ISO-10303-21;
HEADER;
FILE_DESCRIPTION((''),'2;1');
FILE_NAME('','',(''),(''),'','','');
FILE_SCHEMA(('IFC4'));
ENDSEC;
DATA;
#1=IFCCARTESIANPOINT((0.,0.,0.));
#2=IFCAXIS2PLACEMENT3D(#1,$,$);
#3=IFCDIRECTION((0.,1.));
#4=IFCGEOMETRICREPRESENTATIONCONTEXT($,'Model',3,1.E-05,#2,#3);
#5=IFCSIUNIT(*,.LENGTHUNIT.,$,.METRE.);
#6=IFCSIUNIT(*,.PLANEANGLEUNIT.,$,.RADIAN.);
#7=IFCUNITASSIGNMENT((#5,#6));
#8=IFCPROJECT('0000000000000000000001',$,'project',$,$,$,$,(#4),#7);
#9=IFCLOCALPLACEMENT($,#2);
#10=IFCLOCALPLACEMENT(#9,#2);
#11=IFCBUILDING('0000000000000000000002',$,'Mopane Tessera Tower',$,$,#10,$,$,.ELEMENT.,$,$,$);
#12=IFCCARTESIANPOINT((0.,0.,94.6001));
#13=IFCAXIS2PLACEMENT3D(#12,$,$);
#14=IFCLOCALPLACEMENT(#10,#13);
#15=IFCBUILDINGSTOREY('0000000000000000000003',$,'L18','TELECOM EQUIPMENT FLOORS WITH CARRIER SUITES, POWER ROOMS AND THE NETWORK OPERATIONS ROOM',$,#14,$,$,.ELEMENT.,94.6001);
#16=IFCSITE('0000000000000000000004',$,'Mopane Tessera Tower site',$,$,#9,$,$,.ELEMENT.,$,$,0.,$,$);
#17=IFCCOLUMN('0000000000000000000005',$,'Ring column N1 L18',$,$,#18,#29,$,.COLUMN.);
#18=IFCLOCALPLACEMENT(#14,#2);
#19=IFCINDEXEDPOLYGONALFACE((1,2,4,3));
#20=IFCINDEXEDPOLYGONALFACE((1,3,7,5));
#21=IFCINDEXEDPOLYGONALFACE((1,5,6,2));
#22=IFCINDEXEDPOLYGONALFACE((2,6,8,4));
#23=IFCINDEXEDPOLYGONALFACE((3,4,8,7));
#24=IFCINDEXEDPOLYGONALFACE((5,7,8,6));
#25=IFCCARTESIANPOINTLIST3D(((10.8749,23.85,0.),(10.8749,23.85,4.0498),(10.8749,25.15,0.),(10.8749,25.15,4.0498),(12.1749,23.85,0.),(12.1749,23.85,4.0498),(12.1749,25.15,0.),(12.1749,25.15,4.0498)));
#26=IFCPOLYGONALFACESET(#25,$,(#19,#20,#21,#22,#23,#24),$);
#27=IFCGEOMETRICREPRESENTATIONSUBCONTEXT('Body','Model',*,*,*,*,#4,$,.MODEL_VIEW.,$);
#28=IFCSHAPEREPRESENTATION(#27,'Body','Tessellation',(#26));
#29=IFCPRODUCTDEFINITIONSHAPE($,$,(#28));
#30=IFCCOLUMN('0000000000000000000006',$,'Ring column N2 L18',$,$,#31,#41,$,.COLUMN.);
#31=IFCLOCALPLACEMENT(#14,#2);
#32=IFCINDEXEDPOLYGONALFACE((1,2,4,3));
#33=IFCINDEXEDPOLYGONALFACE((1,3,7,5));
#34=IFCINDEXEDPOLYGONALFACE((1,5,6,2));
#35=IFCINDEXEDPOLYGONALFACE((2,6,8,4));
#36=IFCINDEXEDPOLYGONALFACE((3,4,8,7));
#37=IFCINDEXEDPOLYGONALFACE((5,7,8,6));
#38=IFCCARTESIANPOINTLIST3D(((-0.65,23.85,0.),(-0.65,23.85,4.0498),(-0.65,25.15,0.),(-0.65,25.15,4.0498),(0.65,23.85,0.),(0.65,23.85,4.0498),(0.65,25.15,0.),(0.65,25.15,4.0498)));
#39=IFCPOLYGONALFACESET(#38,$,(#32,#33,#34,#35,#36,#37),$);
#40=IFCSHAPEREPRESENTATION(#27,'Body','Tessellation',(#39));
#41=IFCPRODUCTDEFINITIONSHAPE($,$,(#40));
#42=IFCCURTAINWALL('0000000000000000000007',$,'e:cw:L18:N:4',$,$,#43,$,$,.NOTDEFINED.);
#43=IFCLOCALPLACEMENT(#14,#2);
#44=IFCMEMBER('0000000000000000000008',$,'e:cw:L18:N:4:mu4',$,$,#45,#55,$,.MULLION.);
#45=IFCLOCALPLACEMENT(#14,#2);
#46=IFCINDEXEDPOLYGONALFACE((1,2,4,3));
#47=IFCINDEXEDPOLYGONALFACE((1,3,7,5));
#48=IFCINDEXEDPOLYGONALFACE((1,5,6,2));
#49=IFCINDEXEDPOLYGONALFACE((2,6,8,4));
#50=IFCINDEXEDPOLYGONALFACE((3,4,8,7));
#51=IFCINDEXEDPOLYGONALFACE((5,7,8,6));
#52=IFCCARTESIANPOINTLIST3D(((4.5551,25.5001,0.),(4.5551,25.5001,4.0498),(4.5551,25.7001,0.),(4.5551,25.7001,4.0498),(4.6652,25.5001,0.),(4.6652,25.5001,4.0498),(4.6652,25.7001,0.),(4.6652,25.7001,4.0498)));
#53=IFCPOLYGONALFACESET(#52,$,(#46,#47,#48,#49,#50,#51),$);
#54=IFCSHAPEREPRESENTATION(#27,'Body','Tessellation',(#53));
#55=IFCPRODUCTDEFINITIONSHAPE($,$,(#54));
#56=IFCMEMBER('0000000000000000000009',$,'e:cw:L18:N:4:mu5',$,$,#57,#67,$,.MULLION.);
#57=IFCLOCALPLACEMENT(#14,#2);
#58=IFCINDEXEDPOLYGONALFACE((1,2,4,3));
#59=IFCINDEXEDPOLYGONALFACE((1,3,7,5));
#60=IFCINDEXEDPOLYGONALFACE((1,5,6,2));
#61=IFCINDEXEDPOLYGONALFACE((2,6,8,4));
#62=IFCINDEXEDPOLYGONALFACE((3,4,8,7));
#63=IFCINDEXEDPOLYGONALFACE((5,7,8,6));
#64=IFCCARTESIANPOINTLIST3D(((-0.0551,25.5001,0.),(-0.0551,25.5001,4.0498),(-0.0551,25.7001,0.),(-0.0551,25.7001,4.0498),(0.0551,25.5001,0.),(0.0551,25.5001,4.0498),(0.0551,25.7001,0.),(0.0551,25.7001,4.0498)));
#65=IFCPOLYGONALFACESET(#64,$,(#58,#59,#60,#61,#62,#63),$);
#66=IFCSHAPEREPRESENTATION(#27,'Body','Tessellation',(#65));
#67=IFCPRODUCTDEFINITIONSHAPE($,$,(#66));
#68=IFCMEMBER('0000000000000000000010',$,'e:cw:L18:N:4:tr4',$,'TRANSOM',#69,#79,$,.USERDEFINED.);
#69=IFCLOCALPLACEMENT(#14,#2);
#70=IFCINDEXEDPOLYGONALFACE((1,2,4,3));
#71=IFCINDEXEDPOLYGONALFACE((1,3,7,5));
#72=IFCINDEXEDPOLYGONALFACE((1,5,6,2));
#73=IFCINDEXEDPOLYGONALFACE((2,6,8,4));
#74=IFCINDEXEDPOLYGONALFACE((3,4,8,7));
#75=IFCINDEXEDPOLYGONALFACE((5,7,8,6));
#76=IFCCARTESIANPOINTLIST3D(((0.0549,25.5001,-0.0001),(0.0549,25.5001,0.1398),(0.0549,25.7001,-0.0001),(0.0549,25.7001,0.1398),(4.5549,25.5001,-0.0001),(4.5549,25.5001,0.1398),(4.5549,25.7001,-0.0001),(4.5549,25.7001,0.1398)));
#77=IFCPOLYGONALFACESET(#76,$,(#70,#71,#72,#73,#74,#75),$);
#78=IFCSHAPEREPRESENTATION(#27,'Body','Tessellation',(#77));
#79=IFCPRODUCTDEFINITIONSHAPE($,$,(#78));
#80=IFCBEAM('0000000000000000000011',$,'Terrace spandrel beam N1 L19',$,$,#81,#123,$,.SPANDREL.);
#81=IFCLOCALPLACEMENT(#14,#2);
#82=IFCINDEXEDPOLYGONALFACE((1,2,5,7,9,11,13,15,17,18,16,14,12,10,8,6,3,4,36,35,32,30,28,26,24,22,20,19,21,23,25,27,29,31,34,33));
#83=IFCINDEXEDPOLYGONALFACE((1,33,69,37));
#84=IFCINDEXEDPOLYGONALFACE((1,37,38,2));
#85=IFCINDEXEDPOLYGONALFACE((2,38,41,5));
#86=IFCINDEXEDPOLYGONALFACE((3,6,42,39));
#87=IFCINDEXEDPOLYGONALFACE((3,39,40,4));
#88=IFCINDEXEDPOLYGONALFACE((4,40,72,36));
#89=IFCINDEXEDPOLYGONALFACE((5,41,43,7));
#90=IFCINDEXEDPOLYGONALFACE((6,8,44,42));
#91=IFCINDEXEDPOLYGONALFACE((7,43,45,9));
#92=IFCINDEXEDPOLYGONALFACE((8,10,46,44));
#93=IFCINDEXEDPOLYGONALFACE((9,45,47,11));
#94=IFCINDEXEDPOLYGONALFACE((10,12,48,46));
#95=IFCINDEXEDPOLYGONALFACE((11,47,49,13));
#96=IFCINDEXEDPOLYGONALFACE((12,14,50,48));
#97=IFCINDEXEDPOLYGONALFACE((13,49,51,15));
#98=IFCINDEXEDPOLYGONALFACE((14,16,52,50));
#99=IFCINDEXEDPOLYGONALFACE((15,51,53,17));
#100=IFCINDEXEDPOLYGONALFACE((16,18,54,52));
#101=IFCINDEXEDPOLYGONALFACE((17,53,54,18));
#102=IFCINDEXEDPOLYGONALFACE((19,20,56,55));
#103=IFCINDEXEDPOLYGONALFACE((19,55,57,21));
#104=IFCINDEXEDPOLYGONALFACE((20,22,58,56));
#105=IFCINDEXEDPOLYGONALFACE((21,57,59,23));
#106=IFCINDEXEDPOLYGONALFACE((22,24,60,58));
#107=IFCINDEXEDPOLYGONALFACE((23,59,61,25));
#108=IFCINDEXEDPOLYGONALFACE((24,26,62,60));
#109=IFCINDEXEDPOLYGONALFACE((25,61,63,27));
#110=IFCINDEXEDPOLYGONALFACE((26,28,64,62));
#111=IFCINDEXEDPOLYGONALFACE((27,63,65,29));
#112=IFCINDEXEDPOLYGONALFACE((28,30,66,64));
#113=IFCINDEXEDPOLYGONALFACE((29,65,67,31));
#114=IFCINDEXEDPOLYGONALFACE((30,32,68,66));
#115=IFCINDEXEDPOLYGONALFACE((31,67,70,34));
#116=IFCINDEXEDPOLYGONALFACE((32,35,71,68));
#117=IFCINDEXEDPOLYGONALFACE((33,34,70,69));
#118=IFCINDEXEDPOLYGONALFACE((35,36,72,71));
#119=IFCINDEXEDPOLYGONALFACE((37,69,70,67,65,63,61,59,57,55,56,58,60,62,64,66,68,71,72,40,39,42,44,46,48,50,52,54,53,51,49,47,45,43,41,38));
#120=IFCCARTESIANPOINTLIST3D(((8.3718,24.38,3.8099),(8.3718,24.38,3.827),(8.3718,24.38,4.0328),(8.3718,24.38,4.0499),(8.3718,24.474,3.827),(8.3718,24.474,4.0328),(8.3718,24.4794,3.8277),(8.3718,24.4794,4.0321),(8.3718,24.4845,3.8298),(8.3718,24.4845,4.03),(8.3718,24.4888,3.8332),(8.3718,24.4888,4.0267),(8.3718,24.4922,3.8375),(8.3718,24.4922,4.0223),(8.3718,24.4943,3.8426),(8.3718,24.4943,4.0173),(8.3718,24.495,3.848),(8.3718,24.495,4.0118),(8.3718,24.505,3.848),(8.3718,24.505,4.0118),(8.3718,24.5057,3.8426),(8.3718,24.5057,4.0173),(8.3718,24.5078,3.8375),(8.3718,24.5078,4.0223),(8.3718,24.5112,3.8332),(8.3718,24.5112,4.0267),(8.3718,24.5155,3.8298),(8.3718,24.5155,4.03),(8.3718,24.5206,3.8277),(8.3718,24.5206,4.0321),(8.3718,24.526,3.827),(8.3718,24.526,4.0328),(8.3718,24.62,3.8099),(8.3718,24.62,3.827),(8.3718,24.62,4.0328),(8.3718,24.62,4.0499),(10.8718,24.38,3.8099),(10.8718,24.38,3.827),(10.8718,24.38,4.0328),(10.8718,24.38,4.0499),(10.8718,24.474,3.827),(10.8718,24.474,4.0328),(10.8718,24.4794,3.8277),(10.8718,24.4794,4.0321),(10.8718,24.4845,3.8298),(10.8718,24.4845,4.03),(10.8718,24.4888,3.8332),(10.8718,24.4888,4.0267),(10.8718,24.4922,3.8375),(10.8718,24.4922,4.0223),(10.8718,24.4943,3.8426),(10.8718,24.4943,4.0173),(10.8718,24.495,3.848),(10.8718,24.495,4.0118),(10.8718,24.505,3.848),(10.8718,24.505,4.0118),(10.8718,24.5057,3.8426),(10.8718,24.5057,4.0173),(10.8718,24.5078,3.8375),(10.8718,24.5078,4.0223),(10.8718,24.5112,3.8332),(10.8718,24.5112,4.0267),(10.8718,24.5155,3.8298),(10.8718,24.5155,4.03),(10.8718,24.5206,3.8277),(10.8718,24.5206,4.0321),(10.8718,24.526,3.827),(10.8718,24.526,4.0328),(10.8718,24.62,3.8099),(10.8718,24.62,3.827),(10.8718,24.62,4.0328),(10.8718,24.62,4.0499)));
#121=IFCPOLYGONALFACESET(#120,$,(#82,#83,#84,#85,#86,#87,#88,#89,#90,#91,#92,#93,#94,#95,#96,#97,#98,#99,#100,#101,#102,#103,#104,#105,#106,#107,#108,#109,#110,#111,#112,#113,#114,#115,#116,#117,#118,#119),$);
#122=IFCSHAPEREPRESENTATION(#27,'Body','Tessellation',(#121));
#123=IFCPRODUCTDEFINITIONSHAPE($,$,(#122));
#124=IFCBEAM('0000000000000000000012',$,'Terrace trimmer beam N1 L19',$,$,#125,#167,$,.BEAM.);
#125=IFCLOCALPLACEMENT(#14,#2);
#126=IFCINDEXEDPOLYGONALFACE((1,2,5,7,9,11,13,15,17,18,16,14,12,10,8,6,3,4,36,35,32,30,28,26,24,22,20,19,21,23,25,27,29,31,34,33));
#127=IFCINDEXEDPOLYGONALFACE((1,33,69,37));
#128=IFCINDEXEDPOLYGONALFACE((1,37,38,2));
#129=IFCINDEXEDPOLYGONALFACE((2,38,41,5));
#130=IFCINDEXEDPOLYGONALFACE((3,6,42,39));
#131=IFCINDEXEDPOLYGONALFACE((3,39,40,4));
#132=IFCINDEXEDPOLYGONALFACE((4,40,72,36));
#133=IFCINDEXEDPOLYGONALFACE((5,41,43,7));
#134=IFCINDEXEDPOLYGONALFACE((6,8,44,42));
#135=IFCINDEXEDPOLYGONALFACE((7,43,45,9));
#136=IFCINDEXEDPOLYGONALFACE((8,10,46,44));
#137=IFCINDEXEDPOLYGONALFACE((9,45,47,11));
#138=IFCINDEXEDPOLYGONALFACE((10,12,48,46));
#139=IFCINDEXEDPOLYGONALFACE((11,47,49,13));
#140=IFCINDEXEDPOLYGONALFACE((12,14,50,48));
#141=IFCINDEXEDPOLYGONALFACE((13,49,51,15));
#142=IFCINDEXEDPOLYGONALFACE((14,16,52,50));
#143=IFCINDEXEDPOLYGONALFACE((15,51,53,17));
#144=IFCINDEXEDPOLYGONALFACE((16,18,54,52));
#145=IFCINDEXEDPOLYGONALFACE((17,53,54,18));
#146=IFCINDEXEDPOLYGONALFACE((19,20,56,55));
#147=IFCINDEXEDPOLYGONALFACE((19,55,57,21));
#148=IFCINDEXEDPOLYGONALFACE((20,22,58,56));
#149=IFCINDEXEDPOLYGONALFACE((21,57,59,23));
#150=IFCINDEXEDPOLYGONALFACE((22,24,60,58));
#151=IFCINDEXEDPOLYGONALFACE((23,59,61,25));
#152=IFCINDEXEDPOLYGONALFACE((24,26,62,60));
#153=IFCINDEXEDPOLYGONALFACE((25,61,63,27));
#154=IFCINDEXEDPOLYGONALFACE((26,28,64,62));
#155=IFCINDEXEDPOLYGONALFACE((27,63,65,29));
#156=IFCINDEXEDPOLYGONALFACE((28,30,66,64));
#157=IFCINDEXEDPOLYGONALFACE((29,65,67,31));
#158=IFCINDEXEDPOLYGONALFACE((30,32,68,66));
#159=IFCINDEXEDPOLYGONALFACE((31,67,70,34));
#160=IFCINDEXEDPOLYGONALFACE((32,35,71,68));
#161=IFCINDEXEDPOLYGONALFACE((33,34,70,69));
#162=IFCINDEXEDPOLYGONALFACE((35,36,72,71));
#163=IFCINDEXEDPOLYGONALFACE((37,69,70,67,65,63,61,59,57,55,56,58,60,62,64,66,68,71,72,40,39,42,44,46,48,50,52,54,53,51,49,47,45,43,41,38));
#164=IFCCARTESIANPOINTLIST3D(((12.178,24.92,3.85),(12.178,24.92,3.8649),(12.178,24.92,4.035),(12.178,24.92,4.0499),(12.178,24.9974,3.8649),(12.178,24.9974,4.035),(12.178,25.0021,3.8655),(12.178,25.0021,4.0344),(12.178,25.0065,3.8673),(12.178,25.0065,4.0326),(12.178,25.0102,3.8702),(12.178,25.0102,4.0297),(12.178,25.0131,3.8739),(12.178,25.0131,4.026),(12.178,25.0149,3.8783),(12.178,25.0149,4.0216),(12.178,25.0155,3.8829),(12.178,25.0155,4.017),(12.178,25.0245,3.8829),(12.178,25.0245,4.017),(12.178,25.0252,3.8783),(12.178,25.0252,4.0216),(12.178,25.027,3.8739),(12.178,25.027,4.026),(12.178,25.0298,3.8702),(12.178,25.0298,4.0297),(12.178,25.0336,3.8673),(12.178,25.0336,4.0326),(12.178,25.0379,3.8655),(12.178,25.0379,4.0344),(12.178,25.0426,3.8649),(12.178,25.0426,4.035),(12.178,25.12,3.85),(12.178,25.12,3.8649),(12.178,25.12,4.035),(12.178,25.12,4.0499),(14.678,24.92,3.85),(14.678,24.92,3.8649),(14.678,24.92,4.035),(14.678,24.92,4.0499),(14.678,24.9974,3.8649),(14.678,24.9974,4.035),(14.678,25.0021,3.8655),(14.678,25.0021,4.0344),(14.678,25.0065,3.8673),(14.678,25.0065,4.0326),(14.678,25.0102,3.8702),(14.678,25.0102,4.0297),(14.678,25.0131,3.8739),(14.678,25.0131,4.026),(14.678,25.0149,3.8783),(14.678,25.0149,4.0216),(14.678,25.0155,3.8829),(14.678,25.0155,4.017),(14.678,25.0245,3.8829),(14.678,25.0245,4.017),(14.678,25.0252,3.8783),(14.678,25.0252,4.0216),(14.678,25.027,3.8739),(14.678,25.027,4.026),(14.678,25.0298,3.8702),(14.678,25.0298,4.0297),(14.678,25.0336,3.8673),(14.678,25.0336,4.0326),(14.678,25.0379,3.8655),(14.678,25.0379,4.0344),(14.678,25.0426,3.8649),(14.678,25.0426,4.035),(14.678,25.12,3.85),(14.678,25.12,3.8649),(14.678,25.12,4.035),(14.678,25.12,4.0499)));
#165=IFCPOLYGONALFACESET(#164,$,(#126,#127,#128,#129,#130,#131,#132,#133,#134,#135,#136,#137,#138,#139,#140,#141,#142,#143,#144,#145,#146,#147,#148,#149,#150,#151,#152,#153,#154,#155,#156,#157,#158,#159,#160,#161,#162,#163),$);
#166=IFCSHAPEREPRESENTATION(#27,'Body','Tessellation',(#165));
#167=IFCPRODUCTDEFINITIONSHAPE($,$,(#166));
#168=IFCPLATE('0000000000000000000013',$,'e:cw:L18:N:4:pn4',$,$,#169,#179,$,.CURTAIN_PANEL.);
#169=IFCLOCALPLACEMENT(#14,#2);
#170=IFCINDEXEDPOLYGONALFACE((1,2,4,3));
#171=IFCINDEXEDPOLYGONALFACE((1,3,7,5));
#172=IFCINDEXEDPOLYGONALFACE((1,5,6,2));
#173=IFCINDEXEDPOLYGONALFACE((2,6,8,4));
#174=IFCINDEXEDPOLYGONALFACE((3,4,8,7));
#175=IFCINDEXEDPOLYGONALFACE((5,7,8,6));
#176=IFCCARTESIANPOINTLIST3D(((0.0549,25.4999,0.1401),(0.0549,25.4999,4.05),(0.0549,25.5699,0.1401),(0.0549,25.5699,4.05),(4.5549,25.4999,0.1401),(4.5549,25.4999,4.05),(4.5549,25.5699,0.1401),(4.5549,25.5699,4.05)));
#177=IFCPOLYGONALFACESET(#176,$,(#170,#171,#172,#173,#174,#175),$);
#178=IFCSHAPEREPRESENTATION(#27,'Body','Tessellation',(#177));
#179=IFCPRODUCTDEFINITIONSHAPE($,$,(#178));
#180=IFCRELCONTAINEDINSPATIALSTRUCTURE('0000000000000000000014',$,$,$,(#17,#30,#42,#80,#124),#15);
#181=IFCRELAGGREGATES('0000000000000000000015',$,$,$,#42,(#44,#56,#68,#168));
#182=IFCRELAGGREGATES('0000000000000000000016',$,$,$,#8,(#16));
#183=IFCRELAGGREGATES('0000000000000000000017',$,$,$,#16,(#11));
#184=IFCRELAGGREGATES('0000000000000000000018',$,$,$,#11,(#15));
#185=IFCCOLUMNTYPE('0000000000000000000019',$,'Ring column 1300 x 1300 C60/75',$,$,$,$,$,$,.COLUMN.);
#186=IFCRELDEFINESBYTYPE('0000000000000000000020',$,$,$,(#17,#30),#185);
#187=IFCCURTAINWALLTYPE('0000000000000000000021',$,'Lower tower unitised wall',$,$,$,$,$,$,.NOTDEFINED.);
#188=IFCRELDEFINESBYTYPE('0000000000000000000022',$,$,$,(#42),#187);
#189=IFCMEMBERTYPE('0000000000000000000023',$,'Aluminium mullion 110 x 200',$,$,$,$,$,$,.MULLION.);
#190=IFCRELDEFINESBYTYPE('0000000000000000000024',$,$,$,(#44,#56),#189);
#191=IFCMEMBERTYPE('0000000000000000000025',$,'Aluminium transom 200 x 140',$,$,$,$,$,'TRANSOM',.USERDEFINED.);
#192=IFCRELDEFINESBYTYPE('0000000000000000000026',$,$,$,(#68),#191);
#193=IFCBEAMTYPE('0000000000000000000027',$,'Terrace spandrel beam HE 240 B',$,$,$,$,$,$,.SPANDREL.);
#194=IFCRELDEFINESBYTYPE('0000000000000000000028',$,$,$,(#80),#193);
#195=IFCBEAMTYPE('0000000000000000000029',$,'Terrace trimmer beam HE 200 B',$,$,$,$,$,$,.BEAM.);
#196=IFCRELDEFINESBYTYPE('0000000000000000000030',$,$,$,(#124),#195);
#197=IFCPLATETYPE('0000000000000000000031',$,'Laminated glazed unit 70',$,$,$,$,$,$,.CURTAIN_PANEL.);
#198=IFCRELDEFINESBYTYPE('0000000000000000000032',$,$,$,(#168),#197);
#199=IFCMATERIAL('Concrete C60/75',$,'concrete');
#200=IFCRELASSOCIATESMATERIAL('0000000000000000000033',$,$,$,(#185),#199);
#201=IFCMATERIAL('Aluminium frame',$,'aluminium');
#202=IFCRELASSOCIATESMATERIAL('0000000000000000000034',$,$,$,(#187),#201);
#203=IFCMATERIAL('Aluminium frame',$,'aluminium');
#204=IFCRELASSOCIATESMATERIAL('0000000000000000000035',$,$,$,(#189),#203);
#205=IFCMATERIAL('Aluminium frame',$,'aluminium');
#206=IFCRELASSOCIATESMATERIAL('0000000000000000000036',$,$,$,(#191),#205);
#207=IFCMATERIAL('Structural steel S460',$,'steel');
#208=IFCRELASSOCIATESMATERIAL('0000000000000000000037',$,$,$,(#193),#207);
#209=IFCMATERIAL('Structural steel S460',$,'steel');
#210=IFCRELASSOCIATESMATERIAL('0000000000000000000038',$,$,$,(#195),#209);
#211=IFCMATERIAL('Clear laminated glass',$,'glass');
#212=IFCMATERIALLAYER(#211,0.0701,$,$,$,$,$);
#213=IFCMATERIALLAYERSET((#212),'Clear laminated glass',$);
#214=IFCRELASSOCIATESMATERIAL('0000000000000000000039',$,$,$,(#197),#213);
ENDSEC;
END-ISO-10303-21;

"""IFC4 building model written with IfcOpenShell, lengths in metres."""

from ifc_helpers import new_model, si_unit, direction, frame, origin, origin_2d, place, context, subcontext, project, spatial, rectangle, i_section, extrude, material, layer, layer_set, material_profile, profile_set, type_object, element, aggregate, save


model = new_model("IFC4")

# Units and contexts
model_context = context("Model", 3, precision=1e-05, world=origin(), true_north=direction((0.0, 1.0)))
body_context = subcontext(model_context, "Body", "Model", "MODEL_VIEW")
ifc_project = project(units=[si_unit("LENGTHUNIT", "METRE"), si_unit("PLANEANGLEUNIT", "RADIAN")], contexts=[model_context])

# Site, building, storey
site_placement = place(None, origin())
site = spatial("IfcSite", under=ifc_project, at=site_placement, Name="Mopane Tessera Tower site", CompositionType="ELEMENT", RefElevation=0.0)
building_placement = place(site_placement, origin())
building = spatial("IfcBuilding", under=site, at=building_placement, Name="Mopane Tessera Tower", CompositionType="ELEMENT")
storey_placement = place(building_placement, frame((0.0, 0.0, 94.6001)))
storey = spatial("IfcBuildingStorey", under=building, at=storey_placement, Name="L18", Description="TELECOM EQUIPMENT FLOORS WITH CARRIER SUITES, POWER ROOMS AND THE NETWORK OPERATIONS ROOM", CompositionType="ELEMENT", Elevation=94.6001)

# Columns
ifc_material_1 = material(Name="Concrete C60/75", Category="concrete")
ifc_material_profile_1 = material_profile(ifc_material_1, rectangle(XDim=1.3, YDim=1.3, at=origin_2d()))
ifc_profile_set_1 = profile_set([ifc_material_profile_1], Name="Concrete C60/75")
column_type = type_object("IfcColumnType", Name="Ring column 1300 x 1300 C60/75", PredefinedType="COLUMN", material=ifc_profile_set_1)
for number, where, z_axis, x_axis, name in (
    (1, (11.5249, 24.5, 0.0), (0.0, 0.0, 1.0), (1.0, 0.0, 0.0), "Ring column N1 L18"),
    (2, (0.0, 24.5, 0.0), (0.0, 0.0, 1.0), (1.0, 0.0, 0.0), "Ring column N2 L18"),
):
    element("IfcColumn", number, at=place(storey_placement, frame(where, z_axis=z_axis, x_axis=x_axis)), inside=storey, type_object=column_type, Name=name, PredefinedType="COLUMN", context=body_context, shape_type="SweptSolid", body=[
        extrude(rectangle(XDim=1.3, YDim=1.3, at=origin_2d()), origin(), (0.0, 0.0, 1.0), 4.0498),
    ])

# Curtain wall, members
ifc_material_2 = material(Name="Aluminium frame", Category="aluminium")
curtain_wall_type = type_object("IfcCurtainWallType", Name="Lower tower unitised wall", PredefinedType="NOTDEFINED", material=ifc_material_2)
curtain_wall_placement = place(storey_placement, origin())
curtain_wall = element("IfcCurtainWall", 3, at=curtain_wall_placement, inside=storey, type_object=curtain_wall_type, Name="e:cw:L18:N:4", PredefinedType="NOTDEFINED")
ifc_material_3 = material(Name="Aluminium frame", Category="aluminium")
ifc_material_profile_2 = material_profile(ifc_material_3, rectangle(XDim=0.1101, YDim=0.2, at=origin_2d()))
ifc_profile_set_2 = profile_set([ifc_material_profile_2], Name="Aluminium frame")
member_type_1 = type_object("IfcMemberType", Name="Aluminium mullion 110 x 200", PredefinedType="MULLION", material=ifc_profile_set_2)
member_1_placement = place(storey_placement, frame((4.6101, 25.6001, 0.0), z_axis=(0.0, 0.0, 1.0), x_axis=(-1.0, 0.0, 0.0)))
member_1 = element("IfcMember", 4, at=member_1_placement, type_object=member_type_1, Name="e:cw:L18:N:4:mu4", PredefinedType="MULLION", context=body_context, shape_type="SweptSolid", body=[
    extrude(rectangle(XDim=0.1101, YDim=0.2, at=origin_2d()), origin(), (0.0, 0.0, 1.0), 4.0498),
])
member_2_placement = place(storey_placement, frame((0.0, 25.6001, 0.0), z_axis=(0.0, 0.0, 1.0), x_axis=(-1.0, 0.0, 0.0)))
member_2 = element("IfcMember", 5, at=member_2_placement, type_object=member_type_1, Name="e:cw:L18:N:4:mu5", PredefinedType="MULLION", context=body_context, shape_type="SweptSolid", body=[
    extrude(rectangle(XDim=0.1101, YDim=0.2, at=origin_2d()), origin(), (0.0, 0.0, 1.0), 4.0498),
])
ifc_material_4 = material(Name="Aluminium frame", Category="aluminium")
ifc_material_profile_3 = material_profile(ifc_material_4, rectangle(XDim=0.2, YDim=0.1399, at=origin_2d()))
ifc_profile_set_3 = profile_set([ifc_material_profile_3], Name="Aluminium frame")
member_type_2 = type_object("IfcMemberType", Name="Aluminium transom 200 x 140", ElementType="TRANSOM", PredefinedType="USERDEFINED", material=ifc_profile_set_3)
member_3_placement = place(storey_placement, frame((4.5549, 25.6001, 0.0698), z_axis=(-1.0, 0.0, 0.0), x_axis=(0.0, -1.0, 0.0)))
member_3 = element("IfcMember", 6, at=member_3_placement, type_object=member_type_2, Name="e:cw:L18:N:4:tr4", ObjectType="TRANSOM", PredefinedType="USERDEFINED", context=body_context, shape_type="SweptSolid", body=[
    extrude(rectangle(XDim=0.2, YDim=0.1399, at=origin_2d()), origin(), (0.0, 0.0, 1.0), 4.5),
])

# Beams
ifc_material_5 = material(Name="Structural steel S460", Category="steel")
ifc_material_profile_4 = material_profile(ifc_material_5, i_section(OverallWidth=0.24, OverallDepth=0.24, WebThickness=0.01, FlangeThickness=0.0171, FilletRadius=0.021, at=origin_2d()))
ifc_profile_set_4 = profile_set([ifc_material_profile_4], Name="Structural steel S460")
beam_type_1 = type_object("IfcBeamType", Name="Terrace spandrel beam HE 240 B", PredefinedType="SPANDREL", material=ifc_profile_set_4)
beam_1_placement = place(storey_placement, frame((10.8718, 24.5, 3.9299), z_axis=(-1.0, 0.0, 0.0), x_axis=(0.0, -1.0, 0.0)))
element("IfcBeam", 7, at=beam_1_placement, inside=storey, type_object=beam_type_1, Name="Terrace spandrel beam N1 L19", PredefinedType="SPANDREL", context=body_context, shape_type="SweptSolid", body=[
    extrude(i_section(OverallWidth=0.24, OverallDepth=0.24, WebThickness=0.01, FlangeThickness=0.0171, FilletRadius=0.021, at=origin_2d()), origin(), (0.0, 0.0, 1.0), 2.5),
])
ifc_material_6 = material(Name="Structural steel S460", Category="steel")
ifc_material_profile_5 = material_profile(ifc_material_6, i_section(OverallWidth=0.2, OverallDepth=0.2, WebThickness=0.009, FlangeThickness=0.0149, FilletRadius=0.0181, at=origin_2d()))
ifc_profile_set_5 = profile_set([ifc_material_profile_5], Name="Structural steel S460")
beam_type_2 = type_object("IfcBeamType", Name="Terrace trimmer beam HE 200 B", PredefinedType="BEAM", material=ifc_profile_set_5)
beam_2_placement = place(storey_placement, frame((12.178, 25.02, 3.95), z_axis=(1.0, 0.0, 0.0), x_axis=(0.0, 1.0, 0.0)))
element("IfcBeam", 8, at=beam_2_placement, inside=storey, type_object=beam_type_2, Name="Terrace trimmer beam N1 L19", PredefinedType="BEAM", context=body_context, shape_type="SweptSolid", body=[
    extrude(i_section(OverallWidth=0.2, OverallDepth=0.2, WebThickness=0.009, FlangeThickness=0.0149, FilletRadius=0.0181, at=origin_2d()), origin(), (0.0, 0.0, 1.0), 2.5),
])

# Plate
ifc_material_7 = material(Name="Clear laminated glass", Category="glass")
ifc_layer_1 = layer(ifc_material_7, 0.0701)
ifc_layer_set_1 = layer_set([ifc_layer_1], Name="Clear laminated glass")
plate_type = type_object("IfcPlateType", Name="Laminated glazed unit 70", PredefinedType="CURTAIN_PANEL", material=ifc_layer_set_1)
plate_placement = place(storey_placement, frame((2.3049, 25.5349, 0.1401), z_axis=(0.0, 0.0, 1.0), x_axis=(-1.0, 0.0, 0.0)))
plate = element("IfcPlate", 9, at=plate_placement, type_object=plate_type, Name="e:cw:L18:N:4:pn4", PredefinedType="CURTAIN_PANEL", context=body_context, shape_type="SweptSolid", body=[
    extrude(rectangle(XDim=4.5, YDim=0.0701, at=origin_2d()), origin(), (0.0, 0.0, 1.0), 3.9099),
])
aggregate(curtain_wall, [member_1, member_2, member_3, plate])

save(model, "model.ifc")
